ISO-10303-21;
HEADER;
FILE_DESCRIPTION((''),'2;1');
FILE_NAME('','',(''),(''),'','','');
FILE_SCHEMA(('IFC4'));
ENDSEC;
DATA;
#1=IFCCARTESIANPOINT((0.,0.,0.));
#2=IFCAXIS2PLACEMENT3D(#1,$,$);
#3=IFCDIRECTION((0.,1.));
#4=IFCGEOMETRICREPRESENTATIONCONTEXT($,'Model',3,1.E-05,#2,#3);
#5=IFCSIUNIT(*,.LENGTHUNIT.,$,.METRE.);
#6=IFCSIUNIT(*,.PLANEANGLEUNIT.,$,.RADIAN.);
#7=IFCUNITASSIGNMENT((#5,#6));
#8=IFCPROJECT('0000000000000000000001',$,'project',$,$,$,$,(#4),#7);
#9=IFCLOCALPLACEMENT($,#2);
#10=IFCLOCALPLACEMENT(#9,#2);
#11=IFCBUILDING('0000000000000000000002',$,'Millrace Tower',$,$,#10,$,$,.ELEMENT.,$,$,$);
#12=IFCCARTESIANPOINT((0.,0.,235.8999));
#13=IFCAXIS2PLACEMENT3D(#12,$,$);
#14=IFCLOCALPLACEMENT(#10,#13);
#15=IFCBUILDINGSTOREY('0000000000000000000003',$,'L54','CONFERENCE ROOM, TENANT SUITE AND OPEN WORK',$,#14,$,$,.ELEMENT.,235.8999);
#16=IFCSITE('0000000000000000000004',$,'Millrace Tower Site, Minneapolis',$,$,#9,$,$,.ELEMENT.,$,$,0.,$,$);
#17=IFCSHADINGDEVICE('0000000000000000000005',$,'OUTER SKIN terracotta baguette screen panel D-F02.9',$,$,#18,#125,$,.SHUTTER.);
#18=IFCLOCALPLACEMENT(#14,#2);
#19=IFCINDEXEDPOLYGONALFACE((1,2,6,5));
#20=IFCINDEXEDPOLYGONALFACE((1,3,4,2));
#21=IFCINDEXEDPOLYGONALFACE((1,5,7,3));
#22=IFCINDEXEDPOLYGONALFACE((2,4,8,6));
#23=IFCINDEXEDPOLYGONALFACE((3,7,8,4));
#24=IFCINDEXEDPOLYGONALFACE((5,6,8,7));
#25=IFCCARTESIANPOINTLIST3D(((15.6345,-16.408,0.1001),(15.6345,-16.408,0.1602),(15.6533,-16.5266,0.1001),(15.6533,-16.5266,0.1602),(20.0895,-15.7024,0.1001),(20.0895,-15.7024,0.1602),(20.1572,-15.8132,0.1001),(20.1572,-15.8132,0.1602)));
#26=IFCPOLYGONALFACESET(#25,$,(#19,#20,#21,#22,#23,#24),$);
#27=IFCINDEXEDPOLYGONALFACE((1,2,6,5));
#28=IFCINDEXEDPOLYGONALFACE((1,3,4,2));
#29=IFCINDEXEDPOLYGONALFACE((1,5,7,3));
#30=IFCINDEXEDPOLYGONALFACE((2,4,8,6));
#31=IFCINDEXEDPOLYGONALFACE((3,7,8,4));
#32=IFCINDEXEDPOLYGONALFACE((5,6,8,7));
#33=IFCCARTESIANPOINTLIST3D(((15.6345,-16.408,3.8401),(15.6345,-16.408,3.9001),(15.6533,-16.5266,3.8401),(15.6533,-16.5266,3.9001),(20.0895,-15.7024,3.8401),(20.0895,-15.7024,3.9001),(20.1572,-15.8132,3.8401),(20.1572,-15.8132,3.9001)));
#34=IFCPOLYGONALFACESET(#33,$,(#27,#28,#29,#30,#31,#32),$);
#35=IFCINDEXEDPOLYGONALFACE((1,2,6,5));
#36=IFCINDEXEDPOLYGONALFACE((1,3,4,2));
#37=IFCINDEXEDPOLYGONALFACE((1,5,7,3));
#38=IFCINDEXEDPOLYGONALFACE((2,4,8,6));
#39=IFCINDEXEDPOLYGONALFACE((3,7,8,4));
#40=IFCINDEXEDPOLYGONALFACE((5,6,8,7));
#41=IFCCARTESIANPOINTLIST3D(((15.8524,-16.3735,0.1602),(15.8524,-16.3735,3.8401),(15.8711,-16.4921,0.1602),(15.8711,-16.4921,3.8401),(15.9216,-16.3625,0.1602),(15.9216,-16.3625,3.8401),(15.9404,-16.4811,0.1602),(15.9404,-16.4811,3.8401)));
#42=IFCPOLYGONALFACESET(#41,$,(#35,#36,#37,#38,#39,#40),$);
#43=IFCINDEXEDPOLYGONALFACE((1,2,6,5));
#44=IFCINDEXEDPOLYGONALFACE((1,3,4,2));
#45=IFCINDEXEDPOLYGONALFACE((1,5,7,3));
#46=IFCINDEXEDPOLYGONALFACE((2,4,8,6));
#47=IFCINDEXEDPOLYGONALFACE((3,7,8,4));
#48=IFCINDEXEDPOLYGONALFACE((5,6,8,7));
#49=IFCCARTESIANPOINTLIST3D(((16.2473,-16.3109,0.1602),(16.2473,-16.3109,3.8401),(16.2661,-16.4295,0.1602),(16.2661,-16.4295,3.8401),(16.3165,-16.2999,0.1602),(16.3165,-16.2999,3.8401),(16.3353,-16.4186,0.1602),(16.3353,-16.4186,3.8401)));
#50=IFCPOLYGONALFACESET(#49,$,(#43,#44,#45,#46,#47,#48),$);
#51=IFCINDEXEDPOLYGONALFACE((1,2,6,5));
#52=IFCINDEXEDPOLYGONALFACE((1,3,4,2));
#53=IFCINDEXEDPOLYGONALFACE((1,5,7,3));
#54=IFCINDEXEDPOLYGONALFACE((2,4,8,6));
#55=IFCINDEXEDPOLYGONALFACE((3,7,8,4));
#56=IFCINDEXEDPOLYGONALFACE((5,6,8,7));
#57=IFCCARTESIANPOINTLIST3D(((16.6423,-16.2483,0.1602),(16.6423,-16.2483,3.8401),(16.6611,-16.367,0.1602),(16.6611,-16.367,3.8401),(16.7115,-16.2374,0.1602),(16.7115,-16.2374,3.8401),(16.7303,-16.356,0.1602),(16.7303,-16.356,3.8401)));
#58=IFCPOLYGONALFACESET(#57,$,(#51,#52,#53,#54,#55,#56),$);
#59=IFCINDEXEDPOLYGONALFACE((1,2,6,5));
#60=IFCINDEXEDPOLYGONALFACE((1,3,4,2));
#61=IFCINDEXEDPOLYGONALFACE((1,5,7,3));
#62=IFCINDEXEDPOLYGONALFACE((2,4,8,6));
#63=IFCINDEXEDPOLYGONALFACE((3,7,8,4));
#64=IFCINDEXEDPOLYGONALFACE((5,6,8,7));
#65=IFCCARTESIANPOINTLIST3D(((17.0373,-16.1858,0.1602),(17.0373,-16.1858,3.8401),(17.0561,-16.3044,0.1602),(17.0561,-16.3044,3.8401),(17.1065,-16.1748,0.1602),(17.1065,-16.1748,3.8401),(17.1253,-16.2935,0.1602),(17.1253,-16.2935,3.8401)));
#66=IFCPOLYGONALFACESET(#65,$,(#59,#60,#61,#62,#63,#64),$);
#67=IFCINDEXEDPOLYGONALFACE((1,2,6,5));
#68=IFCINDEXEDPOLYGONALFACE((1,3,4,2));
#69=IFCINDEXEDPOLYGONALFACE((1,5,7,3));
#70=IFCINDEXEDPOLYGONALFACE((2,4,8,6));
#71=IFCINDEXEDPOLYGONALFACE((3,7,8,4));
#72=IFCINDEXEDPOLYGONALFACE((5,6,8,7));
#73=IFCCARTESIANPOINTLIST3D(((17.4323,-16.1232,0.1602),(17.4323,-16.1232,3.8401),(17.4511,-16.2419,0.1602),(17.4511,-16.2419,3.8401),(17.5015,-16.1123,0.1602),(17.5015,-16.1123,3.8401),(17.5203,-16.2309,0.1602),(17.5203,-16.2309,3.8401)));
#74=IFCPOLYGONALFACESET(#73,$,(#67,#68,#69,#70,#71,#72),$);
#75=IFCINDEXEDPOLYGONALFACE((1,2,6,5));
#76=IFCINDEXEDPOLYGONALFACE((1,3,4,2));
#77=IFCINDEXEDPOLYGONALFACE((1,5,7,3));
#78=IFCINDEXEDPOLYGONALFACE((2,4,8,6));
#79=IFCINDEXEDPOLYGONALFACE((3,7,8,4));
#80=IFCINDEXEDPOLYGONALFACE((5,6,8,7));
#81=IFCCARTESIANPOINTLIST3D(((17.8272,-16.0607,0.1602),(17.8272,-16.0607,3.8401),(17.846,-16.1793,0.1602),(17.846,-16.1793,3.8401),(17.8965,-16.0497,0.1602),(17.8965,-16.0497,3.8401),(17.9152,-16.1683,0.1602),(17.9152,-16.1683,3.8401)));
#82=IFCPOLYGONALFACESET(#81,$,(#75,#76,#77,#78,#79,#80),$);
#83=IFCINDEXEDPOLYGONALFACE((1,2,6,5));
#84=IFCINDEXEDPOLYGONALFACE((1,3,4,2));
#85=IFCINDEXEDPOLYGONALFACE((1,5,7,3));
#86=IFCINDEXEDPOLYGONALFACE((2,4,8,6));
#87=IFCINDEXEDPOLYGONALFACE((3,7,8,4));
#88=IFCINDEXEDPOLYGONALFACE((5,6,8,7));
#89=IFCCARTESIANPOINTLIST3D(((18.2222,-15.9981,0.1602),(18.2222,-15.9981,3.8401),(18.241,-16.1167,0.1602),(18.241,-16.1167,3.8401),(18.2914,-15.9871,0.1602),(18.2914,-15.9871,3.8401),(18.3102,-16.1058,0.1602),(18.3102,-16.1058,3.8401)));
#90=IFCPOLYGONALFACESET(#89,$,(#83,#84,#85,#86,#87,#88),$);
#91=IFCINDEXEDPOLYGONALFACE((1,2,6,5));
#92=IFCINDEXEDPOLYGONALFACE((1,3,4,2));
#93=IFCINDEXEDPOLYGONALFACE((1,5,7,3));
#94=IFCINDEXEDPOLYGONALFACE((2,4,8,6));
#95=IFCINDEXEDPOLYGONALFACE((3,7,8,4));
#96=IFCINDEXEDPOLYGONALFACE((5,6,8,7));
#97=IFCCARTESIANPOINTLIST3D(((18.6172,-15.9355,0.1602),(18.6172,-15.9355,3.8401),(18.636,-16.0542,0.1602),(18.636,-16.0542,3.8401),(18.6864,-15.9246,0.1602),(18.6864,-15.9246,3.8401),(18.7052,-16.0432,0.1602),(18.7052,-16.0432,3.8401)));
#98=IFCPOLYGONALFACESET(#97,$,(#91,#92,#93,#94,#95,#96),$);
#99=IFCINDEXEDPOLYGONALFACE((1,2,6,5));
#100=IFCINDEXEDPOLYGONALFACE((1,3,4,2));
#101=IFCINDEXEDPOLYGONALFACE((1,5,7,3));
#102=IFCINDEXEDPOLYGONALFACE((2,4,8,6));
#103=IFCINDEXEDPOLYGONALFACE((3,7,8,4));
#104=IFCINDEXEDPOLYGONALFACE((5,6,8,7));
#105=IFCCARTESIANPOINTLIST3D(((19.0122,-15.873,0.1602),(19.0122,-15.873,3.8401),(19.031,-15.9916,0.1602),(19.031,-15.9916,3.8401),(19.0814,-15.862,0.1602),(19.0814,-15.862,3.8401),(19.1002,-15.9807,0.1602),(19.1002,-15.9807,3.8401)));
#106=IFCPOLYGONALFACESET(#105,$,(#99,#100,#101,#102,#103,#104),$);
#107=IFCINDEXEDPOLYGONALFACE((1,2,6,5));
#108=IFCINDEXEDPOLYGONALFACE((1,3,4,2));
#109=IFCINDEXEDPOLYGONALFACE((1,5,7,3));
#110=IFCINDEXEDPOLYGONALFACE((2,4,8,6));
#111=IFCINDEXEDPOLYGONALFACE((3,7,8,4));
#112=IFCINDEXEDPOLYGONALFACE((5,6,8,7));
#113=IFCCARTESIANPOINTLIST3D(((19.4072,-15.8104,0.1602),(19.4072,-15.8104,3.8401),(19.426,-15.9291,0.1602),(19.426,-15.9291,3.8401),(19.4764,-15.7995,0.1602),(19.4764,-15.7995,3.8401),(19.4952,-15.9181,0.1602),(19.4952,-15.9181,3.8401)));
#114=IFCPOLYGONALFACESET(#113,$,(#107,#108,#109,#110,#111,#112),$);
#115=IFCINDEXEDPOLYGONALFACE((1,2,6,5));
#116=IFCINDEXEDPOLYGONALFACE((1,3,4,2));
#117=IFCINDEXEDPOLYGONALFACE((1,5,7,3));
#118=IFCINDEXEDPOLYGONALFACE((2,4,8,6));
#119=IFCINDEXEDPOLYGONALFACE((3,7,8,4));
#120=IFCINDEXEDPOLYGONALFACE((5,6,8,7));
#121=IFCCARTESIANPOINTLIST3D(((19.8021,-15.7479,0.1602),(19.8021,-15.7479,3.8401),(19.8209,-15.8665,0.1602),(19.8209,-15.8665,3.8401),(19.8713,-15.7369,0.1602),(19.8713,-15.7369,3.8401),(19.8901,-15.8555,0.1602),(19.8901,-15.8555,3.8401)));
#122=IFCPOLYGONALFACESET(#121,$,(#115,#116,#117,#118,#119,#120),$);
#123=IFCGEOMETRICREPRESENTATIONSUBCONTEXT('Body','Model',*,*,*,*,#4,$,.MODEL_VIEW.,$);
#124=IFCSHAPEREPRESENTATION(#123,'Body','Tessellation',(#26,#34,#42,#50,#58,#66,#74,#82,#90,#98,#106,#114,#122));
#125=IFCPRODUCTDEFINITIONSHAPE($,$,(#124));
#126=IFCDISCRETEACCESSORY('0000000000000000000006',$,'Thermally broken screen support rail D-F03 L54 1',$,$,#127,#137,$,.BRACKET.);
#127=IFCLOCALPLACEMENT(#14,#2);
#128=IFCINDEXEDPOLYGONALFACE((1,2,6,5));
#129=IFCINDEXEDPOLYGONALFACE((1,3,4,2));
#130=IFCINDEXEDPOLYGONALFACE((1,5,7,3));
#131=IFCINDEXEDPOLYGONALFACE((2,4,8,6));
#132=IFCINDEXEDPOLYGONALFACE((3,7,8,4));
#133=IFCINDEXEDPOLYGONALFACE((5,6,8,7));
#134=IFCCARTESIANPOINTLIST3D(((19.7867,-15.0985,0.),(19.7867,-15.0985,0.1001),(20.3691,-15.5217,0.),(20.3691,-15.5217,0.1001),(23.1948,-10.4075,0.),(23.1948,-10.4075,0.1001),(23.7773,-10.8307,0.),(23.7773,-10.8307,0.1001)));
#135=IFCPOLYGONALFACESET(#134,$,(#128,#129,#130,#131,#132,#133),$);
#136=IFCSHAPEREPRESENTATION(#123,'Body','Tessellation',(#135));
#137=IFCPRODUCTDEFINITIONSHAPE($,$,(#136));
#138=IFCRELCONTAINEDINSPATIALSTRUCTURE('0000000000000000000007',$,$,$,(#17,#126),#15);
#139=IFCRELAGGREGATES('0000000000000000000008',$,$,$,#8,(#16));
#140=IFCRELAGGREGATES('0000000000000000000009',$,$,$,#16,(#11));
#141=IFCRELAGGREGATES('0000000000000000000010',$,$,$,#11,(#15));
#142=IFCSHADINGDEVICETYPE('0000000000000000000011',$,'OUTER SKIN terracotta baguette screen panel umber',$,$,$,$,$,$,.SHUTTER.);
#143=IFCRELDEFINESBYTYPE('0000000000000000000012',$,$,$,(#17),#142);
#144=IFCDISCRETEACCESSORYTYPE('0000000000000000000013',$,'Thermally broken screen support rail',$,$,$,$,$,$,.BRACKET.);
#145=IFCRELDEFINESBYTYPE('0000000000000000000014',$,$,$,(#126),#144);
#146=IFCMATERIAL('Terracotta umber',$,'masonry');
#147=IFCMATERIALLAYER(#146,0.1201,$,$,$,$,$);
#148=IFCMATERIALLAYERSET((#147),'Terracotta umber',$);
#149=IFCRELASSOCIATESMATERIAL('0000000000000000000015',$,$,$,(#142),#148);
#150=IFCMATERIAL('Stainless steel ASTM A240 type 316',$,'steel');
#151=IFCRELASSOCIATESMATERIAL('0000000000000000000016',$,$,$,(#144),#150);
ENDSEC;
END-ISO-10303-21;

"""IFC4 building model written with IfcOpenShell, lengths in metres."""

from ifc_helpers import new_model, entity, si_unit, direction, frame, frame_2d, origin, origin_2d, place, context, subcontext, project, spatial, rectangle, extrude, source, transform, mapped, material, layer, layer_set, type_object, element, save


model = new_model("IFC4")

# Units and contexts
model_context = context("Model", 3, precision=1e-05, world=origin(), true_north=direction((0.0, 1.0)))
body_context = subcontext(model_context, "Body", "Model", "MODEL_VIEW")
ifc_project = project(units=[si_unit("LENGTHUNIT", "METRE"), si_unit("PLANEANGLEUNIT", "RADIAN")], contexts=[model_context])

# Site, building, storey
site_placement = place(None, origin())
site = spatial("IfcSite", under=ifc_project, at=site_placement, Name="Millrace Tower Site, Minneapolis", CompositionType="ELEMENT", RefElevation=0.0)
building_placement = place(site_placement, origin())
building = spatial("IfcBuilding", under=site, at=building_placement, Name="Millrace Tower", CompositionType="ELEMENT")
storey_placement = place(building_placement, frame((0.0, 0.0, 235.8999)))
storey = spatial("IfcBuildingStorey", under=building, at=storey_placement, Name="L54", Description="CONFERENCE ROOM, TENANT SUITE AND OPEN WORK", CompositionType="ELEMENT", Elevation=235.8999)

# Shading device
ifc_material_1 = material(Name="Terracotta umber", Category="masonry")
ifc_layer_1 = layer(ifc_material_1, 0.1201)
ifc_layer_set_1 = layer_set([ifc_layer_1], Name="Terracotta umber")
shading_device_type = type_object("IfcShadingDeviceType", Name="OUTER SKIN terracotta baguette screen panel umber", PredefinedType="SHUTTER", material=ifc_layer_set_1)
cartesian_point_1 = entity("IfcCartesianPoint", [-2.2676, 0.0601])
shared_polyline_1 = entity("IfcPolyline", [cartesian_point_1, entity("IfcCartesianPoint", [2.2429, 0.0601]), entity("IfcCartesianPoint", [2.2925, -0.0601]), entity("IfcCartesianPoint", [-2.2676, -0.0601]), cartesian_point_1])
shared_shape_1 = source(origin(), body_context, "Body", "SweptSolid", [
    entity("IfcExtrudedAreaSolid", entity("IfcArbitraryClosedProfileDef", "AREA", None, shared_polyline_1), entity("IfcAxis2Placement3D", entity("IfcCartesianPoint", [0.0, 0.0, 0.0])), entity("IfcDirection", [0.0, 0.0, 1.0]), 0.0601),
    entity("IfcExtrudedAreaSolid", entity("IfcArbitraryClosedProfileDef", "AREA", None, shared_polyline_1), entity("IfcAxis2Placement3D", entity("IfcCartesianPoint", [0.0, 0.0, 3.74])), entity("IfcDirection", [0.0, 0.0, 1.0]), 0.0601),
    extrude(rectangle(XDim=0.0701, YDim=0.1201, at=frame_2d((-2.012, 0.0))), frame((0.0, 0.0, 0.0601)), (0.0, 0.0, 1.0), 3.6799),
    extrude(rectangle(XDim=0.0701, YDim=0.1201, at=frame_2d((-1.6121, 0.0))), frame((0.0, 0.0, 0.0601)), (0.0, 0.0, 1.0), 3.6799),
    extrude(rectangle(XDim=0.0701, YDim=0.1201, at=frame_2d((-1.2122, 0.0))), frame((0.0, 0.0, 0.0601)), (0.0, 0.0, 1.0), 3.6799),
    extrude(rectangle(XDim=0.0701, YDim=0.1201, at=frame_2d((-0.8123, 0.0))), frame((0.0, 0.0, 0.0601)), (0.0, 0.0, 1.0), 3.6799),
    extrude(rectangle(XDim=0.0701, YDim=0.1201, at=frame_2d((-0.4124, 0.0))), frame((0.0, 0.0, 0.0601)), (0.0, 0.0, 1.0), 3.6799),
    extrude(rectangle(XDim=0.0701, YDim=0.1201, at=frame_2d((-0.0125, 0.0))), frame((0.0, 0.0, 0.0601)), (0.0, 0.0, 1.0), 3.6799),
    extrude(rectangle(XDim=0.0701, YDim=0.1201, at=frame_2d((0.3875, 0.0))), frame((0.0, 0.0, 0.0601)), (0.0, 0.0, 1.0), 3.6799),
    extrude(rectangle(XDim=0.0701, YDim=0.1201, at=frame_2d((0.7874, 0.0))), frame((0.0, 0.0, 0.0601)), (0.0, 0.0, 1.0), 3.6799),
    extrude(rectangle(XDim=0.0701, YDim=0.1201, at=frame_2d((1.1873, 0.0))), frame((0.0, 0.0, 0.0601)), (0.0, 0.0, 1.0), 3.6799),
    extrude(rectangle(XDim=0.0701, YDim=0.1201, at=frame_2d((1.5872, 0.0))), frame((0.0, 0.0, 0.0601)), (0.0, 0.0, 1.0), 3.6799),
    extrude(rectangle(XDim=0.0701, YDim=0.1201, at=frame_2d((1.9871, 0.0))), frame((0.0, 0.0, 0.0601)), (0.0, 0.0, 1.0), 3.6799),
])
shading_device_1_placement = place(storey_placement, frame((17.8835, -16.1125, 0.1001), z_axis=(0.0, 0.0, 1.0), x_axis=(0.987688, 0.156434, 0.0)))
element("IfcShadingDevice", 1, at=shading_device_1_placement, inside=storey, type_object=shading_device_type, Name="OUTER SKIN terracotta baguette screen panel D-F02.9", PredefinedType="SHUTTER", context=body_context, shape_type="MappedRepresentation", body=[
    mapped(shared_shape_1, transform((0.0, 0.0, 0.0), scale=1.0)),
])

# Discrete accessory
ifc_material_2 = material(Name="Stainless steel ASTM A240 type 316", Category="steel")
discrete_accessory_type = type_object("IfcDiscreteAccessoryType", Name="Thermally broken screen support rail", PredefinedType="BRACKET", material=ifc_material_2)
discrete_accessory_placement = place(storey_placement, frame((21.782, -12.9646, 0.0), z_axis=(0.0, 0.0, 1.0), x_axis=(0.587785, 0.809017, 0.0)))
element("IfcDiscreteAccessory", 2, at=discrete_accessory_placement, inside=storey, type_object=discrete_accessory_type, Name="Thermally broken screen support rail D-F03 L54 1", PredefinedType="BRACKET", context=body_context, shape_type="SweptSolid", body=[
    extrude(rectangle(XDim=5.7983, YDim=0.72, at=origin_2d()), origin(), (0.0, 0.0, 1.0), 0.1001),
])

save(model, "model.ifc")
